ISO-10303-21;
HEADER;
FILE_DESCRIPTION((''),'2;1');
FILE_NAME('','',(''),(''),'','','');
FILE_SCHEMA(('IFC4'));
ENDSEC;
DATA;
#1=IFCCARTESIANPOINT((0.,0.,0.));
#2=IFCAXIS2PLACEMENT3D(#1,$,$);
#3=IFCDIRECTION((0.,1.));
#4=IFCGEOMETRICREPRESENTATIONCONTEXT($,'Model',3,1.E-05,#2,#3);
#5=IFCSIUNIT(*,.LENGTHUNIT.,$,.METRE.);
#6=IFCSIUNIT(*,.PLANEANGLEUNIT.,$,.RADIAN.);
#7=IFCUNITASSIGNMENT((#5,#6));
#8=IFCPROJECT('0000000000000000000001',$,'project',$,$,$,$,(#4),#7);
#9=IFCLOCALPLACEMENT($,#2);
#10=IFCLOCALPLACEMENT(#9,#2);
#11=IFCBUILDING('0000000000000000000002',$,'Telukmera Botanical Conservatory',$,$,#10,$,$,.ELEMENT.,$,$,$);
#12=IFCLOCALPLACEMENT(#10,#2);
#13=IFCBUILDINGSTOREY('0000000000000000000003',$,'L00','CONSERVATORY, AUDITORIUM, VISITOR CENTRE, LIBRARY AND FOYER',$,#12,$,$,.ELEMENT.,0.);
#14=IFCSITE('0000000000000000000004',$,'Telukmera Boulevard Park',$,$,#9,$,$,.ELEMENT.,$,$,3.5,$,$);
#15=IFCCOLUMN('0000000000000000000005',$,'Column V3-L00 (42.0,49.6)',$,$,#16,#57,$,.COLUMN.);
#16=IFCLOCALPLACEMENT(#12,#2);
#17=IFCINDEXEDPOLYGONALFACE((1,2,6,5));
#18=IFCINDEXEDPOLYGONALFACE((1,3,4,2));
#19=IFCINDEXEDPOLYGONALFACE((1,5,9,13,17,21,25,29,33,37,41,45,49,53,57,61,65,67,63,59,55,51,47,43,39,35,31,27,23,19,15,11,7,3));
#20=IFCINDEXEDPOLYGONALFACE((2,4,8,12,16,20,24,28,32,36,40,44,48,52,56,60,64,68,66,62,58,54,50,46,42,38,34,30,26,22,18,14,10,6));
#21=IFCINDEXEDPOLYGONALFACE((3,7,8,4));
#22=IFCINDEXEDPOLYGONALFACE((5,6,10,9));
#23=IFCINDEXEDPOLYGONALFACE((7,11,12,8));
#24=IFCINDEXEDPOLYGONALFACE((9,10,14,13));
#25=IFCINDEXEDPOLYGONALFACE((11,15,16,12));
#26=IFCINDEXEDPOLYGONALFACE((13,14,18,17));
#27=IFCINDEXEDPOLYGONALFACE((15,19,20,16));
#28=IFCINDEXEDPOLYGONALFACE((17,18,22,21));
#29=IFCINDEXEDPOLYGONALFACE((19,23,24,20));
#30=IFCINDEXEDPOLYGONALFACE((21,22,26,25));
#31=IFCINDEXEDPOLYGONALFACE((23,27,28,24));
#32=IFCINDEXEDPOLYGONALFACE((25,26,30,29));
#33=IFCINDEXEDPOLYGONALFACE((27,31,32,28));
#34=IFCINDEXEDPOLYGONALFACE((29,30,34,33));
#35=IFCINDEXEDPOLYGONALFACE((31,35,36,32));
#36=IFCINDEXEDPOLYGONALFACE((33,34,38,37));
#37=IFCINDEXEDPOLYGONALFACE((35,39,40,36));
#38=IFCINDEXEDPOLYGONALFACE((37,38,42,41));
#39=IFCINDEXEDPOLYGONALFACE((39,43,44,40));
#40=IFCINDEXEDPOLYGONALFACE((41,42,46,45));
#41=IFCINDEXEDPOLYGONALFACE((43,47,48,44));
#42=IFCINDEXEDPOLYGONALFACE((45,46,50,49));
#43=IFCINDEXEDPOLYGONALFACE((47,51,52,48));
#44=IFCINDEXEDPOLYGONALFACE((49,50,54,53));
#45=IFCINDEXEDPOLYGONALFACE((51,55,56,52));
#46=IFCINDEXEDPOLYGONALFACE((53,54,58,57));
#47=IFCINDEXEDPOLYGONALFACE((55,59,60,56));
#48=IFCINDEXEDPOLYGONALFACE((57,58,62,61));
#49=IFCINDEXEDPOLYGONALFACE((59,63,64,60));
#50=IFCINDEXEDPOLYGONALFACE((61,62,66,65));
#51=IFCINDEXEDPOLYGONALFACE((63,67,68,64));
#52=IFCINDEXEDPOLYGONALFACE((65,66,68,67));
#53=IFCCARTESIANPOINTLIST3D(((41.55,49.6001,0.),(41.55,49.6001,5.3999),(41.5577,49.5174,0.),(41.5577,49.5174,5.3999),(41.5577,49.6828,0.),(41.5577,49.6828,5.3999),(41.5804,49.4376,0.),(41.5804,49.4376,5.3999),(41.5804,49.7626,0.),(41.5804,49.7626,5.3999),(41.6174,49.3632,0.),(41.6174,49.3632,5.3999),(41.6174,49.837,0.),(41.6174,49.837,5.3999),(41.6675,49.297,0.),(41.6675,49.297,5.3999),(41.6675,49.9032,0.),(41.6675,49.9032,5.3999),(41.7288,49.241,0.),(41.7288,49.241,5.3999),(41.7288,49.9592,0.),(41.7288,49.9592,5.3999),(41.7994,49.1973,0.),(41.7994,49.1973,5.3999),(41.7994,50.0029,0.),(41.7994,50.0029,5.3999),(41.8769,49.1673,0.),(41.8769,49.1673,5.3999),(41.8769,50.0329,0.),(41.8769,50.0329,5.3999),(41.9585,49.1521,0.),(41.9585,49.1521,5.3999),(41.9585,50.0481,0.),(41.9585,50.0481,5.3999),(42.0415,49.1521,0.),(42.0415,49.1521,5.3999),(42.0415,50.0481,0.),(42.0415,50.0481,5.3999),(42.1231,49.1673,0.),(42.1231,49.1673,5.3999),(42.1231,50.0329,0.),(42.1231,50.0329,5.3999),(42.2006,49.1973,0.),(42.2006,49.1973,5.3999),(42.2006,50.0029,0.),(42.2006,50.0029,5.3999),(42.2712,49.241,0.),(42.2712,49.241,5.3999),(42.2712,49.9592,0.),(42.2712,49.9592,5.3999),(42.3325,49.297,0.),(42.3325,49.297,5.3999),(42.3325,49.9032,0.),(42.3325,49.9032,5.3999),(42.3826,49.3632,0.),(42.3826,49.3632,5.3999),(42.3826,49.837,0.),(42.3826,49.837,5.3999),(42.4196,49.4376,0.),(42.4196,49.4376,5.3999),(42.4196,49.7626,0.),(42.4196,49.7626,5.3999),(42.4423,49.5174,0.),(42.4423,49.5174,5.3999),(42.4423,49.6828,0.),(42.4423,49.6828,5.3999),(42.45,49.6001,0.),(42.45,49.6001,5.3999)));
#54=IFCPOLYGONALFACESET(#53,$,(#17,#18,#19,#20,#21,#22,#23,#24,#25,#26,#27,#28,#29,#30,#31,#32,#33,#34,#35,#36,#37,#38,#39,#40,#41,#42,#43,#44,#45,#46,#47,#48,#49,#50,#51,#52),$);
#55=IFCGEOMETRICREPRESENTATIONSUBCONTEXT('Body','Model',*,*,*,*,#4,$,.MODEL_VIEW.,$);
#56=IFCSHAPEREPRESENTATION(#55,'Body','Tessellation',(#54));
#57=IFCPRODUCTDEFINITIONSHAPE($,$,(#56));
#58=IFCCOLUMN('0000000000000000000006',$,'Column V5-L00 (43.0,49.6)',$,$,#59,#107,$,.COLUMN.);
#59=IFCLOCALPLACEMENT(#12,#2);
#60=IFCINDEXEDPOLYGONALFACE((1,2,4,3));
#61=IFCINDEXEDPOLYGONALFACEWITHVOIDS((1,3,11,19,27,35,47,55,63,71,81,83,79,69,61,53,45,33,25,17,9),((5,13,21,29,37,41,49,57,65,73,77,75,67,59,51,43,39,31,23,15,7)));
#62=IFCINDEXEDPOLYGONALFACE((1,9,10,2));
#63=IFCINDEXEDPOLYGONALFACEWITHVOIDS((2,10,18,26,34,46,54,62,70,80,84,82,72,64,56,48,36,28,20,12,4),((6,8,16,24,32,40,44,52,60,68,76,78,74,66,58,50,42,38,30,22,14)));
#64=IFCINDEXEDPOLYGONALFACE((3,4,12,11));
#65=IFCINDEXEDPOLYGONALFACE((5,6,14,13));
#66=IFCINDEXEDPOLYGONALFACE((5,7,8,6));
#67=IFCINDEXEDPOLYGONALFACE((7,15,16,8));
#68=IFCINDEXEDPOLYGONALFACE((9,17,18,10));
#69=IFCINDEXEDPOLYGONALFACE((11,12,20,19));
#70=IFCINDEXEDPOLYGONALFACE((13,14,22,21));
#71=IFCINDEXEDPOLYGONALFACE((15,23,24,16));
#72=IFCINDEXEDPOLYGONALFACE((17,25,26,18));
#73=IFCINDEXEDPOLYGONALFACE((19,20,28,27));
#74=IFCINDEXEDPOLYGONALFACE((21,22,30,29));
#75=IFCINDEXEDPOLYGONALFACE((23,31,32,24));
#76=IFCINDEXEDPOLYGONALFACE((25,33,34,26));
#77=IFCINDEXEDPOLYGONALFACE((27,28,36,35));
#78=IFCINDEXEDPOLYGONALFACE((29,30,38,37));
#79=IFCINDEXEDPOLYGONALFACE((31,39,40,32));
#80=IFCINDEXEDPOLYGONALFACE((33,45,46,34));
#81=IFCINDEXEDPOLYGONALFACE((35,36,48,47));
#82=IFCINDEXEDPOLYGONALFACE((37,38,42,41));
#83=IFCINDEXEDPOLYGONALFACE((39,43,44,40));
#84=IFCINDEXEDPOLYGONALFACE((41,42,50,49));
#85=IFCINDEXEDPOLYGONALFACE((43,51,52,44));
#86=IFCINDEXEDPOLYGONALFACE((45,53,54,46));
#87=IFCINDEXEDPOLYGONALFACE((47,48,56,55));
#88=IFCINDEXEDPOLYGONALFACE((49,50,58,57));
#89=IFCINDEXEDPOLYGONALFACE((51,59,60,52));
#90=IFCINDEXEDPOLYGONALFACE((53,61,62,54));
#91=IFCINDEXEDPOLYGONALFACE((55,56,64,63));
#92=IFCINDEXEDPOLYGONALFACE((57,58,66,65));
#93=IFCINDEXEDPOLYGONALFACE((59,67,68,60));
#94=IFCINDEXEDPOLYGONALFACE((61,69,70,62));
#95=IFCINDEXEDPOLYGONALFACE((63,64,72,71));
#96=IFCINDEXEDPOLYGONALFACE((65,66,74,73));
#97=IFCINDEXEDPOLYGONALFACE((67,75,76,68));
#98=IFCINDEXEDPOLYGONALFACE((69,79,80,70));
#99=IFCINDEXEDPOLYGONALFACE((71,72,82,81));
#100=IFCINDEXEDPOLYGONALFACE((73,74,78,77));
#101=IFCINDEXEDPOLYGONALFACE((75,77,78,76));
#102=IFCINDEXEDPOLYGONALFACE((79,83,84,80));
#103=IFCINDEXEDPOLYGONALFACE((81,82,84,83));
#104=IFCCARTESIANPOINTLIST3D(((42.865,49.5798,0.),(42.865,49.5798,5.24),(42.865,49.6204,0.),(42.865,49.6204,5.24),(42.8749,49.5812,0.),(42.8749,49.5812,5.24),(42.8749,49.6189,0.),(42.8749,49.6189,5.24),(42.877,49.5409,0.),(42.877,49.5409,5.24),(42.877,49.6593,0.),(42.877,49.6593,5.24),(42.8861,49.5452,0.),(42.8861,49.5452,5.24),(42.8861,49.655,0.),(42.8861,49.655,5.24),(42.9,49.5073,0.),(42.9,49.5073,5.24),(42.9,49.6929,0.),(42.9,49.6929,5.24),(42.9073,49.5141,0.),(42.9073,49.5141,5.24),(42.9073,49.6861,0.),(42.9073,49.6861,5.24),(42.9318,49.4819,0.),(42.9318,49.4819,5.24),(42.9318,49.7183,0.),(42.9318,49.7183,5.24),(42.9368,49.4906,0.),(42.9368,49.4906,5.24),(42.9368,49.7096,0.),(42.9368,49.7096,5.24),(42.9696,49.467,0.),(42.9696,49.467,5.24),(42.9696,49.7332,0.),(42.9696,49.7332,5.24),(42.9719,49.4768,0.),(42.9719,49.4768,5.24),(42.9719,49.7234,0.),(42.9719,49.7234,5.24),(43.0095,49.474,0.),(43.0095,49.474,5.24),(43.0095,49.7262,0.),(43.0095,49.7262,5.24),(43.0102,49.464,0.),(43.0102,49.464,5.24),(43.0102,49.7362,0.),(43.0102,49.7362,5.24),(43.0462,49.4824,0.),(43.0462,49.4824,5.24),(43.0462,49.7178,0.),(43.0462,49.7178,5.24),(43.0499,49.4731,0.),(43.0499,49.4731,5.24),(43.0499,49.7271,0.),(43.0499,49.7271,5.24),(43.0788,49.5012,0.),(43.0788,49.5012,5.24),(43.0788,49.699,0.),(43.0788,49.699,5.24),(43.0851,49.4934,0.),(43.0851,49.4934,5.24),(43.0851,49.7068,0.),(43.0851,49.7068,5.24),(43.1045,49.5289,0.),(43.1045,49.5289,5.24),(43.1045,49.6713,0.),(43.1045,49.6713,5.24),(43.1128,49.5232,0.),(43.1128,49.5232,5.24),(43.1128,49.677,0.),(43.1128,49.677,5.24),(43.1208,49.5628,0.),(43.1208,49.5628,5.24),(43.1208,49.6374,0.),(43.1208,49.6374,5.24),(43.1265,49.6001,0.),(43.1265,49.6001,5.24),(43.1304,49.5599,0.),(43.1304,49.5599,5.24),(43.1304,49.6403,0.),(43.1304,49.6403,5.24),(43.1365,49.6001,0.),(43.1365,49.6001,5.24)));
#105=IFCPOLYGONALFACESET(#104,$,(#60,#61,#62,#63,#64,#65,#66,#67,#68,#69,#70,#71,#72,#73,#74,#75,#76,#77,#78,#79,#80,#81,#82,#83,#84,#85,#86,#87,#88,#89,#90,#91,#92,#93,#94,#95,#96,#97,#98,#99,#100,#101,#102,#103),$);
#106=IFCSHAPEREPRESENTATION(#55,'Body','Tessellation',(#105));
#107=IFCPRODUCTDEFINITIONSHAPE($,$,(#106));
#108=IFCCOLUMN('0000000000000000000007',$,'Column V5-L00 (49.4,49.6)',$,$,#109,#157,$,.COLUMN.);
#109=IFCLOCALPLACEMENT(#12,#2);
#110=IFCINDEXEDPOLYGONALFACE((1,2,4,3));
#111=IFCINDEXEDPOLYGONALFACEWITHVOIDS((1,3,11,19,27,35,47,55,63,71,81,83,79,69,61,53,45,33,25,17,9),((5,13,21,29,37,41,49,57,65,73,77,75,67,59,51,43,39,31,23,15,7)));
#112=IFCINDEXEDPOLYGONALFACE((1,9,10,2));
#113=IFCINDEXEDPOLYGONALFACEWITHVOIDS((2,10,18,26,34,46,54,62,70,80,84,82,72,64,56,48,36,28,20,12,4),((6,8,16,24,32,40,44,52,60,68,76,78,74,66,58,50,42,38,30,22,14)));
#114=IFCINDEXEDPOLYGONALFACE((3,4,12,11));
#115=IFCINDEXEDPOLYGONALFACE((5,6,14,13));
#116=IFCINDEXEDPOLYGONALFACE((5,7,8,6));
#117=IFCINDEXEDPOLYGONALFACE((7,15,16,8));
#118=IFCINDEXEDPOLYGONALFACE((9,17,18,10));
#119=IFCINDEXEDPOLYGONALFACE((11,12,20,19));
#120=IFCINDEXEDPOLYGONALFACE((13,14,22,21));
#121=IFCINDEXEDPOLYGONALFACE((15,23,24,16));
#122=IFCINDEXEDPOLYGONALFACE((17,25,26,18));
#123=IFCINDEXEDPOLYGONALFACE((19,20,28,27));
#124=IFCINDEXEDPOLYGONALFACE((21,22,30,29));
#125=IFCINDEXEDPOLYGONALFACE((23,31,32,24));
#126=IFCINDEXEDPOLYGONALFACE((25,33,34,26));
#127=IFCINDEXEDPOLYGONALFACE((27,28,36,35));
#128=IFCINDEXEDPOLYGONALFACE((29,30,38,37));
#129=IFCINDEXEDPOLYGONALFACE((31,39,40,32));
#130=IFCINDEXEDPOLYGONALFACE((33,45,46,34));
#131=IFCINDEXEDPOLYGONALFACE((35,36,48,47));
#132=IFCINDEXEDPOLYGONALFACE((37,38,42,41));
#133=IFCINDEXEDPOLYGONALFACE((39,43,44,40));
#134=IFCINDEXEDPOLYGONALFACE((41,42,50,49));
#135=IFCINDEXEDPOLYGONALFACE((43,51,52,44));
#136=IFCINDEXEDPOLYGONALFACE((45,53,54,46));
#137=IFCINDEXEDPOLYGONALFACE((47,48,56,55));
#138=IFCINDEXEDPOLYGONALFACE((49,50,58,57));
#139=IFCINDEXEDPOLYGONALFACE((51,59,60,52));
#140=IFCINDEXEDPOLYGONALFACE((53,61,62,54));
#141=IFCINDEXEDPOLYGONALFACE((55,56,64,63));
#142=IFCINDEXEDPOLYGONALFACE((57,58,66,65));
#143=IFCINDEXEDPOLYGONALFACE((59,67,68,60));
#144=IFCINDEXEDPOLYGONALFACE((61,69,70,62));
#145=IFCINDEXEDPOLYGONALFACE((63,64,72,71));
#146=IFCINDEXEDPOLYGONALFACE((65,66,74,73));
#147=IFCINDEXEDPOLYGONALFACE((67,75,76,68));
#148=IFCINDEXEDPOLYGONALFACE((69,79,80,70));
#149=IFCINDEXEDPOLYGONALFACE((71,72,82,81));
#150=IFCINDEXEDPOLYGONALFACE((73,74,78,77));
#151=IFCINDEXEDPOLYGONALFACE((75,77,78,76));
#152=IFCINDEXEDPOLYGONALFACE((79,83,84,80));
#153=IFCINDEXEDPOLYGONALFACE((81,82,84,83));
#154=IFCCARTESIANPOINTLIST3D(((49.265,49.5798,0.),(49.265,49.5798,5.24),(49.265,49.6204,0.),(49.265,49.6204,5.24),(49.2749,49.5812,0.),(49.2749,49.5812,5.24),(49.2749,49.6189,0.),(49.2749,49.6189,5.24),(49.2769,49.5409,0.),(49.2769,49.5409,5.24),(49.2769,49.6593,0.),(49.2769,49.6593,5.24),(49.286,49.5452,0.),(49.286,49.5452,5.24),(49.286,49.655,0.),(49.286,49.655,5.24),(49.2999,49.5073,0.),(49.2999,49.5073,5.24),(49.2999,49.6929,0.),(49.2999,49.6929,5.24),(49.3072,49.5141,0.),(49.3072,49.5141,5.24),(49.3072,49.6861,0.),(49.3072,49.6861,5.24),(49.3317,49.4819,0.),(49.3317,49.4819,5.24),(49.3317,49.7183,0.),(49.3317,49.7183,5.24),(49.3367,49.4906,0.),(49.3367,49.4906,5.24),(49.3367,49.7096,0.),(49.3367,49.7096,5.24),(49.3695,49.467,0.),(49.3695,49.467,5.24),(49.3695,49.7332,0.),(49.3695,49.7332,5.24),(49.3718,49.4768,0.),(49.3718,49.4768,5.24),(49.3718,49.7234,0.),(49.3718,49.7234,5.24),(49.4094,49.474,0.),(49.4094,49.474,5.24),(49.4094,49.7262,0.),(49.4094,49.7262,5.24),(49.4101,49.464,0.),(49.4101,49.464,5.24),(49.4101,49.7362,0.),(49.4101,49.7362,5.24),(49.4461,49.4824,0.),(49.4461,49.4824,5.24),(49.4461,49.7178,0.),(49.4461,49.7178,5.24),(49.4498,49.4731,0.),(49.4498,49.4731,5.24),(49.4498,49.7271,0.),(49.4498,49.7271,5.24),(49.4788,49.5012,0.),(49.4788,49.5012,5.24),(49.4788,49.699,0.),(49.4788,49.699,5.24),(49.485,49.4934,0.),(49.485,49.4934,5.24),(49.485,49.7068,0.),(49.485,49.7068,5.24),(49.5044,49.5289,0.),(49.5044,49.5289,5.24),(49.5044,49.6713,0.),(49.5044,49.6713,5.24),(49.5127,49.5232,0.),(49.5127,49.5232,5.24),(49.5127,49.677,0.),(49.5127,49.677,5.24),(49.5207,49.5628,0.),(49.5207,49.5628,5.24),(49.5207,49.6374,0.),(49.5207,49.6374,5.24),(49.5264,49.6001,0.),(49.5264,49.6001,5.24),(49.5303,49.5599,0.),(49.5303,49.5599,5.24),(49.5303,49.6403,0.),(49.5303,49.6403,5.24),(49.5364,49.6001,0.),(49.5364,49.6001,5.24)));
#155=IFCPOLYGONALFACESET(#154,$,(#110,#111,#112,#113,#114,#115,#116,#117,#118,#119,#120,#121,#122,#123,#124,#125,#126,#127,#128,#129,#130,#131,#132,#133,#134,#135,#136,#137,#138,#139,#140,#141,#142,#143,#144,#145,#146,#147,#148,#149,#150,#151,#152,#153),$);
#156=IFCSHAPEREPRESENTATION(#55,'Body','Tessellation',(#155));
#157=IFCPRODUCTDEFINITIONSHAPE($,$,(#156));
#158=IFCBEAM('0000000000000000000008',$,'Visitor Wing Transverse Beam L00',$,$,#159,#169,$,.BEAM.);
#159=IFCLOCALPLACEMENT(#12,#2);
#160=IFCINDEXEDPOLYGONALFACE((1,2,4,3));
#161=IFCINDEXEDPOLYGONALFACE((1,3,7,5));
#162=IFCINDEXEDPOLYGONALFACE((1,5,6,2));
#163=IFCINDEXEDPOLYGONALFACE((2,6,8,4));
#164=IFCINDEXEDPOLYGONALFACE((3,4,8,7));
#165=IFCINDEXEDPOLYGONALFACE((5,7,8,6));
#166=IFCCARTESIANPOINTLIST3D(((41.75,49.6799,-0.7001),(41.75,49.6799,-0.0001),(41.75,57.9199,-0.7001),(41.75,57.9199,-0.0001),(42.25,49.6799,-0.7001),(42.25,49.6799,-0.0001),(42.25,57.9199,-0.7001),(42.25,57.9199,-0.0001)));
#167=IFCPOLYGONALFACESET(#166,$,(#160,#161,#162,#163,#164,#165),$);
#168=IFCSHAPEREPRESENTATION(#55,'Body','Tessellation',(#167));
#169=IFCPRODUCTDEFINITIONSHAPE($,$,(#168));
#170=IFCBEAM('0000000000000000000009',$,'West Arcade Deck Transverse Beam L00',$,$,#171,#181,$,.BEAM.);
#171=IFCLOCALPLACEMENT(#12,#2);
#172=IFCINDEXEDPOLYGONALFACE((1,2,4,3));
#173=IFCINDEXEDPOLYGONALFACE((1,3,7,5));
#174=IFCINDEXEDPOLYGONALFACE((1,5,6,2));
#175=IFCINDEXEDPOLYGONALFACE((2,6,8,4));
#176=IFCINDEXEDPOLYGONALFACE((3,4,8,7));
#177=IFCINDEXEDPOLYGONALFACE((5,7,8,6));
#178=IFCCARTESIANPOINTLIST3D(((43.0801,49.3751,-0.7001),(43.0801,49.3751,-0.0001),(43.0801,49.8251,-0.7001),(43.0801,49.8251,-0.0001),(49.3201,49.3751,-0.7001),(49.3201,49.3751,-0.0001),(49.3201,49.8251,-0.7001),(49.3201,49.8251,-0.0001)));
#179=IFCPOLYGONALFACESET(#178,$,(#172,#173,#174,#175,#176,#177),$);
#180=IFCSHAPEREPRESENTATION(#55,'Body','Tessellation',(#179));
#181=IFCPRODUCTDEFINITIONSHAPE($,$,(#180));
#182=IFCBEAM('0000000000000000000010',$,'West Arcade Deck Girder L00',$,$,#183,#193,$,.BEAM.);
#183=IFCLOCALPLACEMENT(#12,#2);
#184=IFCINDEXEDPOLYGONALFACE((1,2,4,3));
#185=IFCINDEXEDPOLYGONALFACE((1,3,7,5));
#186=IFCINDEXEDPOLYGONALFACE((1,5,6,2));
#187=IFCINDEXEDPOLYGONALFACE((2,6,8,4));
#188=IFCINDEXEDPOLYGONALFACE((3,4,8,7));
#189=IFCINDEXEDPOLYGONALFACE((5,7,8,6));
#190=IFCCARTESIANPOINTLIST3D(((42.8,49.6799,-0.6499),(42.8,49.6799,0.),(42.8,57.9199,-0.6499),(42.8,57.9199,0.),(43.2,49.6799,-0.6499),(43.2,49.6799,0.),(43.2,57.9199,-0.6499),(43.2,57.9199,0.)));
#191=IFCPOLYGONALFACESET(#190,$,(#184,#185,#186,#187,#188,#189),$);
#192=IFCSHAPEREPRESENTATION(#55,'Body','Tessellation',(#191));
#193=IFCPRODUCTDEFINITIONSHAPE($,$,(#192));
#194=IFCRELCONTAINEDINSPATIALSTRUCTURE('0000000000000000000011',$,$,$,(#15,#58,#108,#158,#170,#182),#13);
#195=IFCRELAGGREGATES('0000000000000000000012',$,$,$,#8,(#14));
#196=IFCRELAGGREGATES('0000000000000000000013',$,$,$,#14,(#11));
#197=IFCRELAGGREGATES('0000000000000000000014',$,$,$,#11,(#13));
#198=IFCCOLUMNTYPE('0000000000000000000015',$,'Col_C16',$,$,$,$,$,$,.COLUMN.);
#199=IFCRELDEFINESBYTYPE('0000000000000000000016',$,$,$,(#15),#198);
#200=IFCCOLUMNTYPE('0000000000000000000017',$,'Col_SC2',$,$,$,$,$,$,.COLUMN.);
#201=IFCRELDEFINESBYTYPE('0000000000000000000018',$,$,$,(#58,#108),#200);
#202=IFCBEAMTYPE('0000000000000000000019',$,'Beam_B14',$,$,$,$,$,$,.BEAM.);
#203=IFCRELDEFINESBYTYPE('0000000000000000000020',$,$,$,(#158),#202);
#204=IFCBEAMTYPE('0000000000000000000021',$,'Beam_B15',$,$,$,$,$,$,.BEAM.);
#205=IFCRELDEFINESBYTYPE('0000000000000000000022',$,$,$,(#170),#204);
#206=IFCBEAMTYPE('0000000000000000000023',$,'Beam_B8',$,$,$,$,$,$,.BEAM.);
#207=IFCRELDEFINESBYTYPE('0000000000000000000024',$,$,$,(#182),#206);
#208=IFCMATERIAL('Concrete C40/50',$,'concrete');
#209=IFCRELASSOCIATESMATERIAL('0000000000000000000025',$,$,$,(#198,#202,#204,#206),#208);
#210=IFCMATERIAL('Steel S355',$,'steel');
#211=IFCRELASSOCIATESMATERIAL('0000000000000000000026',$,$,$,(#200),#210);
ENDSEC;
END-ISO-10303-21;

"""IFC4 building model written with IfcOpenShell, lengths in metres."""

from ifc_helpers import new_model, si_unit, direction, frame, origin, origin_2d, place, context, subcontext, project, spatial, rectangle, circle, hollow_circle, extrude, material, material_profile, profile_set, type_object, element, save


model = new_model("IFC4")

# Units and contexts
model_context = context("Model", 3, precision=1e-05, world=origin(), true_north=direction((0.0, 1.0)))
body_context = subcontext(model_context, "Body", "Model", "MODEL_VIEW")
ifc_project = project(units=[si_unit("LENGTHUNIT", "METRE"), si_unit("PLANEANGLEUNIT", "RADIAN")], contexts=[model_context])

# Site, building, storey
site_placement = place(None, origin())
site = spatial("IfcSite", under=ifc_project, at=site_placement, Name="Telukmera Boulevard Park", CompositionType="ELEMENT", RefElevation=3.5)
building_placement = place(site_placement, origin())
building = spatial("IfcBuilding", under=site, at=building_placement, Name="Telukmera Botanical Conservatory", CompositionType="ELEMENT")
storey_placement = place(building_placement, origin())
storey = spatial("IfcBuildingStorey", under=building, at=storey_placement, Name="L00", Description="CONSERVATORY, AUDITORIUM, VISITOR CENTRE, LIBRARY AND FOYER", CompositionType="ELEMENT", Elevation=0.0)

# Columns
ifc_material_1 = material(Name="Concrete C40/50", Category="concrete")
ifc_material_profile_1 = material_profile(ifc_material_1, circle(Radius=0.45, at=origin_2d()), Name="RC D900")
ifc_profile_set_1 = profile_set([ifc_material_profile_1], Name="Concrete C40/50")
column_type_1 = type_object("IfcColumnType", Name="Col_C16", PredefinedType="COLUMN", material=ifc_profile_set_1)
column_placement = place(storey_placement, frame((42.0, 49.6001, 0.0), z_axis=(0.0, 0.0, 1.0), x_axis=(1.0, 0.0, 0.0)))
element("IfcColumn", 1, at=column_placement, inside=storey, type_object=column_type_1, Name="Column V3-L00 (42.0,49.6)", PredefinedType="COLUMN", context=body_context, shape_type="SweptSolid", body=[
    extrude(circle(Radius=0.45, at=origin_2d()), origin(), (0.0, 0.0, 1.0), 5.3999),
])
ifc_material_2 = material(Name="Steel S355", Category="steel")
ifc_material_profile_2 = material_profile(ifc_material_2, hollow_circle(Radius=0.1365, WallThickness=0.01, at=origin_2d()), Name="CHS 273.0x10.0")
ifc_profile_set_2 = profile_set([ifc_material_profile_2], Name="Steel S355")
column_type_2 = type_object("IfcColumnType", Name="Col_SC2", PredefinedType="COLUMN", material=ifc_profile_set_2)
for number, where, z_axis, x_axis, name in (
    (2, (43.0, 49.6001, 0.0), (0.0, 0.0, 1.0), (1.0, 0.0, 0.0), "Column V5-L00 (43.0,49.6)"),
    (3, (49.3999, 49.6001, 0.0), (0.0, 0.0, 1.0), (1.0, 0.0, 0.0), "Column V5-L00 (49.4,49.6)"),
):
    element("IfcColumn", number, at=place(storey_placement, frame(where, z_axis=z_axis, x_axis=x_axis)), inside=storey, type_object=column_type_2, Name=name, PredefinedType="COLUMN", context=body_context, shape_type="SweptSolid", body=[
        extrude(hollow_circle(Radius=0.1365, WallThickness=0.01, at=origin_2d()), origin(), (0.0, 0.0, 1.0), 5.24),
    ])

# Beams
ifc_material_profile_3 = material_profile(ifc_material_1, rectangle(XDim=0.5, YDim=0.7, at=origin_2d()), Name="RC 500x700")
ifc_profile_set_3 = profile_set([ifc_material_profile_3], Name="Concrete C40/50")
beam_type_1 = type_object("IfcBeamType", Name="Beam_B14", PredefinedType="BEAM", material=ifc_profile_set_3)
beam_1_placement = place(storey_placement, frame((42.0, 49.6799, -0.3501), z_axis=(0.0, 1.0, 0.0), x_axis=(-1.0, 0.0, 0.0)))
element("IfcBeam", 4, at=beam_1_placement, inside=storey, type_object=beam_type_1, Name="Visitor Wing Transverse Beam L00", PredefinedType="BEAM", context=body_context, shape_type="SweptSolid", body=[
    extrude(rectangle(XDim=0.5, YDim=0.7, at=origin_2d()), origin(), (0.0, 0.0, 1.0), 8.24),
])
ifc_material_profile_4 = material_profile(ifc_material_1, rectangle(XDim=0.45, YDim=0.7, at=origin_2d()), Name="RC 450x700")
ifc_profile_set_4 = profile_set([ifc_material_profile_4], Name="Concrete C40/50")
beam_type_2 = type_object("IfcBeamType", Name="Beam_B15", PredefinedType="BEAM", material=ifc_profile_set_4)
beam_2_placement = place(storey_placement, frame((43.0801, 49.6001, -0.3501), z_axis=(1.0, 0.0, 0.0), x_axis=(0.0, 1.0, 0.0)))
element("IfcBeam", 5, at=beam_2_placement, inside=storey, type_object=beam_type_2, Name="West Arcade Deck Transverse Beam L00", PredefinedType="BEAM", context=body_context, shape_type="SweptSolid", body=[
    extrude(rectangle(XDim=0.45, YDim=0.7, at=origin_2d()), origin(), (0.0, 0.0, 1.0), 6.24),
])
ifc_material_profile_5 = material_profile(ifc_material_1, rectangle(XDim=0.3999, YDim=0.6499, at=origin_2d()), Name="RC 400x650")
ifc_profile_set_5 = profile_set([ifc_material_profile_5], Name="Concrete C40/50")
beam_type_3 = type_object("IfcBeamType", Name="Beam_B8", PredefinedType="BEAM", material=ifc_profile_set_5)
for number, where, z_axis, x_axis, name in (
    (6, (43.0, 49.6799, -0.325), (0.0, 1.0, 0.0), (-1.0, 0.0, 0.0), "West Arcade Deck Girder L00"),
):
    element("IfcBeam", number, at=place(storey_placement, frame(where, z_axis=z_axis, x_axis=x_axis)), inside=storey, type_object=beam_type_3, Name=name, PredefinedType="BEAM", context=body_context, shape_type="SweptSolid", body=[
        extrude(rectangle(XDim=0.3999, YDim=0.6499, at=origin_2d()), origin(), (0.0, 0.0, 1.0), 8.24),
    ])

save(model, "model.ifc")
